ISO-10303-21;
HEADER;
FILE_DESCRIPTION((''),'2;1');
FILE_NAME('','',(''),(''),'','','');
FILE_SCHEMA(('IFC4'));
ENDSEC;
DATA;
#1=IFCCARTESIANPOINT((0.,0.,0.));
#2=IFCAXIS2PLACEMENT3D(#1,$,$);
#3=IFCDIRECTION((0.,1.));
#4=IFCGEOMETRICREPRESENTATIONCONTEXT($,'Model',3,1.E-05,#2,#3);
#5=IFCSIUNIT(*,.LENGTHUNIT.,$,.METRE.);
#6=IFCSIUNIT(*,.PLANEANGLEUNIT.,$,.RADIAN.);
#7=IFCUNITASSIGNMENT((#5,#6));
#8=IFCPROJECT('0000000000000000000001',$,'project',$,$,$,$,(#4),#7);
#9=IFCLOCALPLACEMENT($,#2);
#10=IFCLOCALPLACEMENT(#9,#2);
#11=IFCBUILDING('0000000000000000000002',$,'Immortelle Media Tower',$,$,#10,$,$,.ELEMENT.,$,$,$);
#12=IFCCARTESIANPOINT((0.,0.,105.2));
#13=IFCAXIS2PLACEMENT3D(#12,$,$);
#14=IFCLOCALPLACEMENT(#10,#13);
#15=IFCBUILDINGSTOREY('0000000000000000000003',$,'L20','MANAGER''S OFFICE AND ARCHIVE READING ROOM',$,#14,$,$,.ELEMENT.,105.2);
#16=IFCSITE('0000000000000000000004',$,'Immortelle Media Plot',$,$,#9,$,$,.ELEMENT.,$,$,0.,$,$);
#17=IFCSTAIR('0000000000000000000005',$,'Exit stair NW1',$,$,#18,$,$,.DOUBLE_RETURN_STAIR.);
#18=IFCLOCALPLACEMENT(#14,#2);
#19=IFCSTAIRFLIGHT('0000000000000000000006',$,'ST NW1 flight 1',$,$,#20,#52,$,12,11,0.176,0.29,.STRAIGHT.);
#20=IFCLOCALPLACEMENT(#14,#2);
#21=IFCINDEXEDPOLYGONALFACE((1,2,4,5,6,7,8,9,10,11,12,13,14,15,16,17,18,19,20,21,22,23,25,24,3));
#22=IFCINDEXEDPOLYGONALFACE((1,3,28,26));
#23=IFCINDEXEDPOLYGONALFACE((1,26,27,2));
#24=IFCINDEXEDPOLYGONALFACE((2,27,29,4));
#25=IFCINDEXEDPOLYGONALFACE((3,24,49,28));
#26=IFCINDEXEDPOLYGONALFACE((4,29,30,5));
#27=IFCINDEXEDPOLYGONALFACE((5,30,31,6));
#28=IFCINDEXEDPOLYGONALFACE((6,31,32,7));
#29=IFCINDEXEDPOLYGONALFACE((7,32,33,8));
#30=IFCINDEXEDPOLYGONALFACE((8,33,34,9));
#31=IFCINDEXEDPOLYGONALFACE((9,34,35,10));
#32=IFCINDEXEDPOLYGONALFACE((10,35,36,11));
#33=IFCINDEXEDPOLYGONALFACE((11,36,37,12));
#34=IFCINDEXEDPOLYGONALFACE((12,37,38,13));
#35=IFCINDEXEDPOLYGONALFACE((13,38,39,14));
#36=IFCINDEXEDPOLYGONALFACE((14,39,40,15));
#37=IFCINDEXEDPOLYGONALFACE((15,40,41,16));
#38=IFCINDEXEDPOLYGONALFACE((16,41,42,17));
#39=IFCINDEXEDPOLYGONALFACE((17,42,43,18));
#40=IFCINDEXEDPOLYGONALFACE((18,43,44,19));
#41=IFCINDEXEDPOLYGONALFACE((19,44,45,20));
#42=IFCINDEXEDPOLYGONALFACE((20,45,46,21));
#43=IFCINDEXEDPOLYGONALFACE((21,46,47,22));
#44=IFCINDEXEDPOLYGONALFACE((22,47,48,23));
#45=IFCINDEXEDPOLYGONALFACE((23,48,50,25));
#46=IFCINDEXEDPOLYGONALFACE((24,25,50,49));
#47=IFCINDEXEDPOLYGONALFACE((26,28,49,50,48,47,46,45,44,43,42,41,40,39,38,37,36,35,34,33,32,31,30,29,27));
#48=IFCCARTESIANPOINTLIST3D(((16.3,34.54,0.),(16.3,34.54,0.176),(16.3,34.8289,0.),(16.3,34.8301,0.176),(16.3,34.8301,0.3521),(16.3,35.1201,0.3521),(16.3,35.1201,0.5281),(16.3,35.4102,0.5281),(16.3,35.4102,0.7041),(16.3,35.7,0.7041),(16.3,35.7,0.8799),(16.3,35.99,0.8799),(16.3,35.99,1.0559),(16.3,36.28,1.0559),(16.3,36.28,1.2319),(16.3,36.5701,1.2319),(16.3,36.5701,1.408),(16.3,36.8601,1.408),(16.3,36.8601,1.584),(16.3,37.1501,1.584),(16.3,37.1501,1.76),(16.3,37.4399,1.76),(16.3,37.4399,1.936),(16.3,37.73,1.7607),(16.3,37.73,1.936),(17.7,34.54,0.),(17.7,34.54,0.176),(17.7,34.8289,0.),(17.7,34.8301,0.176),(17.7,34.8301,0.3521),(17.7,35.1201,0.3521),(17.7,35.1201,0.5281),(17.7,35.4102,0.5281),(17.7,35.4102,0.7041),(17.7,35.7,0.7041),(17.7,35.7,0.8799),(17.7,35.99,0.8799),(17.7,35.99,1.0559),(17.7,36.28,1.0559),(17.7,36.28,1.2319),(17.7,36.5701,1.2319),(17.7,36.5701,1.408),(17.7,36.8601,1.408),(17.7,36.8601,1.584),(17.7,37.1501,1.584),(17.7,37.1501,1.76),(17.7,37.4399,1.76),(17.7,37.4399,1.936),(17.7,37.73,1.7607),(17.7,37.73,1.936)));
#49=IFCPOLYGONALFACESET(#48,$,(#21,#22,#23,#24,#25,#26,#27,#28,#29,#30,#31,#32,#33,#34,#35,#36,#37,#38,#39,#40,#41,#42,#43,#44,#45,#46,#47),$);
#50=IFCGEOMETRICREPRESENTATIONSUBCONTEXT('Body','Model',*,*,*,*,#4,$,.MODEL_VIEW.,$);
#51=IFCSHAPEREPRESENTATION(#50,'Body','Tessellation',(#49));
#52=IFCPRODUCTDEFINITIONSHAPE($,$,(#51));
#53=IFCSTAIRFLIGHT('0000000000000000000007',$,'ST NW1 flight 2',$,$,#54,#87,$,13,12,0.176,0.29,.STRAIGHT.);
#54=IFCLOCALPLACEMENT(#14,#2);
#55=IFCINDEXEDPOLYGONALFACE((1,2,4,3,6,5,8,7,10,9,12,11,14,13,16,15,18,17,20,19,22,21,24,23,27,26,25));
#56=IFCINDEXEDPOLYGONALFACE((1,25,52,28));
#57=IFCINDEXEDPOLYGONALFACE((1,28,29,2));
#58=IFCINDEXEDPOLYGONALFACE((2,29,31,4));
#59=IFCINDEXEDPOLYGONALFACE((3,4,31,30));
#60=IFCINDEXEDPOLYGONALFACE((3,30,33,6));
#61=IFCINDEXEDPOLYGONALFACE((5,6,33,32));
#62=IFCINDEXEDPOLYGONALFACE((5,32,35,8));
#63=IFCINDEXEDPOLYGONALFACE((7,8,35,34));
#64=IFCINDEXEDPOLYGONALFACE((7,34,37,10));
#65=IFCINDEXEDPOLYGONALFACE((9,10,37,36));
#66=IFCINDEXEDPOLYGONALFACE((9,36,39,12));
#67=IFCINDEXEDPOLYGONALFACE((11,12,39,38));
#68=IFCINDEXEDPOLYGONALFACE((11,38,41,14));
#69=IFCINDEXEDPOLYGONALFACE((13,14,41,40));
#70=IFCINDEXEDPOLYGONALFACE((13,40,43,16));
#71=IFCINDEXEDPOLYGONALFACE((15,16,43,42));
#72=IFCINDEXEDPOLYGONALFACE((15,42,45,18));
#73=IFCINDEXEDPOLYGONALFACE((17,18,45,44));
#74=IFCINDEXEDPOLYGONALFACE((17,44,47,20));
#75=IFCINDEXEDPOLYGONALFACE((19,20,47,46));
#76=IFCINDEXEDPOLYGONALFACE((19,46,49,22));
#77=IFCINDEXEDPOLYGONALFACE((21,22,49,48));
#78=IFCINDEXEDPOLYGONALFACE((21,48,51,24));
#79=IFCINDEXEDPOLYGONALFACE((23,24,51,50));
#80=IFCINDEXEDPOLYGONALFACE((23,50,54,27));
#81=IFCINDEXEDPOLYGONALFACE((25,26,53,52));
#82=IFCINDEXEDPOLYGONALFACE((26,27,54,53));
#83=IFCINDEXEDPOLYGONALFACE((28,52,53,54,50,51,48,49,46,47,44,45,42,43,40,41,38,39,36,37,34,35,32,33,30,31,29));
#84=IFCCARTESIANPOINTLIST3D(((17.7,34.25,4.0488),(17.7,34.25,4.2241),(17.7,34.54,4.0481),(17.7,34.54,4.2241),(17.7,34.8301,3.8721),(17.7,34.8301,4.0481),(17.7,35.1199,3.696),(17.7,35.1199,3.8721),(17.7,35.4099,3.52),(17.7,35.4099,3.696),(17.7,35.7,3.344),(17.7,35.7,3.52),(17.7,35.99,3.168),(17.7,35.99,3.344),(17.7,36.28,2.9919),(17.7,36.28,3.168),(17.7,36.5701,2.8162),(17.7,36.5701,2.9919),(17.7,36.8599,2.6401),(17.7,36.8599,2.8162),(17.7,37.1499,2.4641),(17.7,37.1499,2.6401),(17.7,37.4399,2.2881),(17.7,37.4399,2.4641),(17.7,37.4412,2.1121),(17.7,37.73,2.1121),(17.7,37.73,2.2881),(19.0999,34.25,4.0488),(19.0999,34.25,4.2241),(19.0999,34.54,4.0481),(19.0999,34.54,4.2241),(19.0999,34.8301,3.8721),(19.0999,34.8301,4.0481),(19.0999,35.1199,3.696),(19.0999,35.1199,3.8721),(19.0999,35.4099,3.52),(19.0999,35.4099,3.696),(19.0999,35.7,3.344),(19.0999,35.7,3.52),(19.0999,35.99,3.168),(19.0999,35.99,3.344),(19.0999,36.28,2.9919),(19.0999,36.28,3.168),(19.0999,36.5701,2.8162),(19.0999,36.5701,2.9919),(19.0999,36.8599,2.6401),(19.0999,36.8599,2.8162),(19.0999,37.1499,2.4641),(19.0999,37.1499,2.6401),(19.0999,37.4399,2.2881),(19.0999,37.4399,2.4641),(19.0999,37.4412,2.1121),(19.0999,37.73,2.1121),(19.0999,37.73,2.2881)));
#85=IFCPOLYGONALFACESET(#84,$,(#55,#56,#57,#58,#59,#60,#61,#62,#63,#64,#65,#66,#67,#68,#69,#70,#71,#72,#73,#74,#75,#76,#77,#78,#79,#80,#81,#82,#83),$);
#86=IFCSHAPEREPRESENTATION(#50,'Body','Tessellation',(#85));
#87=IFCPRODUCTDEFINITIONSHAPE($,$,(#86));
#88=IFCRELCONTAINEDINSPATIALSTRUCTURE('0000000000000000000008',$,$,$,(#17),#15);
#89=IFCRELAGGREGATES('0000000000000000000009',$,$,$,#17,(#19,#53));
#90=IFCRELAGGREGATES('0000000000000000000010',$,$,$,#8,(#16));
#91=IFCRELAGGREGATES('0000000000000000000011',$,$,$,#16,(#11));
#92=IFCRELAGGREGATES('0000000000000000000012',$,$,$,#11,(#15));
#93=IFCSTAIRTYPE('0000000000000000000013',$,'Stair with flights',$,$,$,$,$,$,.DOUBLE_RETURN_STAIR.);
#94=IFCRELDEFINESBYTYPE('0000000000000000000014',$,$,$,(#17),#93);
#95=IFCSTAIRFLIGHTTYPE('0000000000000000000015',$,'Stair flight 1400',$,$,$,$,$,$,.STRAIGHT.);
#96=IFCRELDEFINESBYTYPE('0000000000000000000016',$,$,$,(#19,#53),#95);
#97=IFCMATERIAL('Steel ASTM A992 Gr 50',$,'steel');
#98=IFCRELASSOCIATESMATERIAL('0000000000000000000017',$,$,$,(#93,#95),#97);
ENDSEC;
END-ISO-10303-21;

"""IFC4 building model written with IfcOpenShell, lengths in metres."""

from ifc_helpers import new_model, si_unit, direction, frame, origin, place, context, subcontext, project, spatial, polyline, outline, extrude, material, type_object, element, aggregate, save


model = new_model("IFC4")

# Units and contexts
model_context = context("Model", 3, precision=1e-05, world=origin(), true_north=direction((0.0, 1.0)))
body_context = subcontext(model_context, "Body", "Model", "MODEL_VIEW")
ifc_project = project(units=[si_unit("LENGTHUNIT", "METRE"), si_unit("PLANEANGLEUNIT", "RADIAN")], contexts=[model_context])

# Site, building, storey
site_placement = place(None, origin())
site = spatial("IfcSite", under=ifc_project, at=site_placement, Name="Immortelle Media Plot", CompositionType="ELEMENT", RefElevation=0.0)
building_placement = place(site_placement, origin())
building = spatial("IfcBuilding", under=site, at=building_placement, Name="Immortelle Media Tower", CompositionType="ELEMENT")
storey_placement = place(building_placement, frame((0.0, 0.0, 105.2)))
storey = spatial("IfcBuildingStorey", under=building, at=storey_placement, Name="L20", Description="MANAGER'S OFFICE AND ARCHIVE READING ROOM", CompositionType="ELEMENT", Elevation=105.2)

# Shared definitions
ifc_material_1 = material(Name="Steel ASTM A992 Gr 50", Category="steel")

# Stair, stair flights
stair_type = type_object("IfcStairType", Name="Stair with flights", PredefinedType="DOUBLE_RETURN_STAIR", material=ifc_material_1)
stair_placement = place(storey_placement, origin())
stair = element("IfcStair", 1, at=stair_placement, inside=storey, type_object=stair_type, Name="Exit stair NW1", PredefinedType="DOUBLE_RETURN_STAIR")
stair_flight_type = type_object("IfcStairFlightType", Name="Stair flight 1400", PredefinedType="STRAIGHT", material=ifc_material_1)
stair_flight_1_placement = place(storey_placement, frame((17.0, 34.54, 0.0), z_axis=(0.0, 0.0, 1.0), x_axis=(0.0, 1.0, 0.0)))
stair_flight_1 = element("IfcStairFlight", 2, at=stair_flight_1_placement, type_object=stair_flight_type, Name="ST NW1 flight 1", NumberOfRisers=12, NumberOfTreads=11, PredefinedType="STRAIGHT", RiserHeight=0.176, TreadLength=0.29, context=body_context, shape_type="SweptSolid", body=[
    extrude(outline(polyline([(0.0, 0.0), (0.0, 0.176), (0.29, 0.176), (0.29, 0.3521), (0.5801, 0.3521), (0.5801, 0.5281), (0.8701, 0.5281), (0.8701, 0.7041), (1.1599, 0.7041), (1.1599, 0.8799), (1.45, 0.8799), (1.45, 1.0559), (1.74, 1.0559), (1.74, 1.2319), (2.03, 1.2319), (2.03, 1.408), (2.3201, 1.408), (2.3201, 1.584), (2.6101, 1.584), (2.6101, 1.76), (2.8999, 1.76), (2.8999, 1.936), (3.1899, 1.936), (3.1899, 2.1121), (3.1899, 1.7607), (0.2888, 0.0), (0.0, 0.0)])), frame((0.0, 0.7, 0.0), z_axis=(0.0, -1.0, 0.0), x_axis=(1.0, 0.0, 0.0)), (0.0, 0.0, 1.0), 1.3999),
])
stair_flight_2_placement = place(storey_placement, frame((18.3999, 37.73, 2.1121), z_axis=(0.0, 0.0, 1.0), x_axis=(0.0, -1.0, 0.0)))
stair_flight_2 = element("IfcStairFlight", 3, at=stair_flight_2_placement, type_object=stair_flight_type, Name="ST NW1 flight 2", NumberOfRisers=13, NumberOfTreads=12, PredefinedType="STRAIGHT", RiserHeight=0.176, TreadLength=0.29, context=body_context, shape_type="SweptSolid", body=[
    extrude(outline(polyline([(0.0, 0.0), (0.0, 0.176), (0.29, 0.176), (0.29, 0.3521), (0.5801, 0.3521), (0.5801, 0.5281), (0.8701, 0.5281), (0.8701, 0.7041), (1.1599, 0.7041), (1.1599, 0.8799), (1.45, 0.8799), (1.45, 1.0559), (1.74, 1.0559), (1.74, 1.2319), (2.03, 1.2319), (2.03, 1.408), (2.3201, 1.408), (2.3201, 1.584), (2.6101, 1.584), (2.6101, 1.76), (2.8999, 1.76), (2.8999, 1.936), (3.1899, 1.936), (3.1899, 2.1121), (3.48, 2.1121), (3.48, 2.2881), (3.48, 1.9368), (0.2888, 0.0), (0.0, 0.0)])), frame((0.0, 0.7, 0.0), z_axis=(0.0, -1.0, 0.0), x_axis=(1.0, 0.0, 0.0)), (0.0, 0.0, 1.0), 1.3999),
])
aggregate(stair, [stair_flight_1, stair_flight_2])

save(model, "model.ifc")
